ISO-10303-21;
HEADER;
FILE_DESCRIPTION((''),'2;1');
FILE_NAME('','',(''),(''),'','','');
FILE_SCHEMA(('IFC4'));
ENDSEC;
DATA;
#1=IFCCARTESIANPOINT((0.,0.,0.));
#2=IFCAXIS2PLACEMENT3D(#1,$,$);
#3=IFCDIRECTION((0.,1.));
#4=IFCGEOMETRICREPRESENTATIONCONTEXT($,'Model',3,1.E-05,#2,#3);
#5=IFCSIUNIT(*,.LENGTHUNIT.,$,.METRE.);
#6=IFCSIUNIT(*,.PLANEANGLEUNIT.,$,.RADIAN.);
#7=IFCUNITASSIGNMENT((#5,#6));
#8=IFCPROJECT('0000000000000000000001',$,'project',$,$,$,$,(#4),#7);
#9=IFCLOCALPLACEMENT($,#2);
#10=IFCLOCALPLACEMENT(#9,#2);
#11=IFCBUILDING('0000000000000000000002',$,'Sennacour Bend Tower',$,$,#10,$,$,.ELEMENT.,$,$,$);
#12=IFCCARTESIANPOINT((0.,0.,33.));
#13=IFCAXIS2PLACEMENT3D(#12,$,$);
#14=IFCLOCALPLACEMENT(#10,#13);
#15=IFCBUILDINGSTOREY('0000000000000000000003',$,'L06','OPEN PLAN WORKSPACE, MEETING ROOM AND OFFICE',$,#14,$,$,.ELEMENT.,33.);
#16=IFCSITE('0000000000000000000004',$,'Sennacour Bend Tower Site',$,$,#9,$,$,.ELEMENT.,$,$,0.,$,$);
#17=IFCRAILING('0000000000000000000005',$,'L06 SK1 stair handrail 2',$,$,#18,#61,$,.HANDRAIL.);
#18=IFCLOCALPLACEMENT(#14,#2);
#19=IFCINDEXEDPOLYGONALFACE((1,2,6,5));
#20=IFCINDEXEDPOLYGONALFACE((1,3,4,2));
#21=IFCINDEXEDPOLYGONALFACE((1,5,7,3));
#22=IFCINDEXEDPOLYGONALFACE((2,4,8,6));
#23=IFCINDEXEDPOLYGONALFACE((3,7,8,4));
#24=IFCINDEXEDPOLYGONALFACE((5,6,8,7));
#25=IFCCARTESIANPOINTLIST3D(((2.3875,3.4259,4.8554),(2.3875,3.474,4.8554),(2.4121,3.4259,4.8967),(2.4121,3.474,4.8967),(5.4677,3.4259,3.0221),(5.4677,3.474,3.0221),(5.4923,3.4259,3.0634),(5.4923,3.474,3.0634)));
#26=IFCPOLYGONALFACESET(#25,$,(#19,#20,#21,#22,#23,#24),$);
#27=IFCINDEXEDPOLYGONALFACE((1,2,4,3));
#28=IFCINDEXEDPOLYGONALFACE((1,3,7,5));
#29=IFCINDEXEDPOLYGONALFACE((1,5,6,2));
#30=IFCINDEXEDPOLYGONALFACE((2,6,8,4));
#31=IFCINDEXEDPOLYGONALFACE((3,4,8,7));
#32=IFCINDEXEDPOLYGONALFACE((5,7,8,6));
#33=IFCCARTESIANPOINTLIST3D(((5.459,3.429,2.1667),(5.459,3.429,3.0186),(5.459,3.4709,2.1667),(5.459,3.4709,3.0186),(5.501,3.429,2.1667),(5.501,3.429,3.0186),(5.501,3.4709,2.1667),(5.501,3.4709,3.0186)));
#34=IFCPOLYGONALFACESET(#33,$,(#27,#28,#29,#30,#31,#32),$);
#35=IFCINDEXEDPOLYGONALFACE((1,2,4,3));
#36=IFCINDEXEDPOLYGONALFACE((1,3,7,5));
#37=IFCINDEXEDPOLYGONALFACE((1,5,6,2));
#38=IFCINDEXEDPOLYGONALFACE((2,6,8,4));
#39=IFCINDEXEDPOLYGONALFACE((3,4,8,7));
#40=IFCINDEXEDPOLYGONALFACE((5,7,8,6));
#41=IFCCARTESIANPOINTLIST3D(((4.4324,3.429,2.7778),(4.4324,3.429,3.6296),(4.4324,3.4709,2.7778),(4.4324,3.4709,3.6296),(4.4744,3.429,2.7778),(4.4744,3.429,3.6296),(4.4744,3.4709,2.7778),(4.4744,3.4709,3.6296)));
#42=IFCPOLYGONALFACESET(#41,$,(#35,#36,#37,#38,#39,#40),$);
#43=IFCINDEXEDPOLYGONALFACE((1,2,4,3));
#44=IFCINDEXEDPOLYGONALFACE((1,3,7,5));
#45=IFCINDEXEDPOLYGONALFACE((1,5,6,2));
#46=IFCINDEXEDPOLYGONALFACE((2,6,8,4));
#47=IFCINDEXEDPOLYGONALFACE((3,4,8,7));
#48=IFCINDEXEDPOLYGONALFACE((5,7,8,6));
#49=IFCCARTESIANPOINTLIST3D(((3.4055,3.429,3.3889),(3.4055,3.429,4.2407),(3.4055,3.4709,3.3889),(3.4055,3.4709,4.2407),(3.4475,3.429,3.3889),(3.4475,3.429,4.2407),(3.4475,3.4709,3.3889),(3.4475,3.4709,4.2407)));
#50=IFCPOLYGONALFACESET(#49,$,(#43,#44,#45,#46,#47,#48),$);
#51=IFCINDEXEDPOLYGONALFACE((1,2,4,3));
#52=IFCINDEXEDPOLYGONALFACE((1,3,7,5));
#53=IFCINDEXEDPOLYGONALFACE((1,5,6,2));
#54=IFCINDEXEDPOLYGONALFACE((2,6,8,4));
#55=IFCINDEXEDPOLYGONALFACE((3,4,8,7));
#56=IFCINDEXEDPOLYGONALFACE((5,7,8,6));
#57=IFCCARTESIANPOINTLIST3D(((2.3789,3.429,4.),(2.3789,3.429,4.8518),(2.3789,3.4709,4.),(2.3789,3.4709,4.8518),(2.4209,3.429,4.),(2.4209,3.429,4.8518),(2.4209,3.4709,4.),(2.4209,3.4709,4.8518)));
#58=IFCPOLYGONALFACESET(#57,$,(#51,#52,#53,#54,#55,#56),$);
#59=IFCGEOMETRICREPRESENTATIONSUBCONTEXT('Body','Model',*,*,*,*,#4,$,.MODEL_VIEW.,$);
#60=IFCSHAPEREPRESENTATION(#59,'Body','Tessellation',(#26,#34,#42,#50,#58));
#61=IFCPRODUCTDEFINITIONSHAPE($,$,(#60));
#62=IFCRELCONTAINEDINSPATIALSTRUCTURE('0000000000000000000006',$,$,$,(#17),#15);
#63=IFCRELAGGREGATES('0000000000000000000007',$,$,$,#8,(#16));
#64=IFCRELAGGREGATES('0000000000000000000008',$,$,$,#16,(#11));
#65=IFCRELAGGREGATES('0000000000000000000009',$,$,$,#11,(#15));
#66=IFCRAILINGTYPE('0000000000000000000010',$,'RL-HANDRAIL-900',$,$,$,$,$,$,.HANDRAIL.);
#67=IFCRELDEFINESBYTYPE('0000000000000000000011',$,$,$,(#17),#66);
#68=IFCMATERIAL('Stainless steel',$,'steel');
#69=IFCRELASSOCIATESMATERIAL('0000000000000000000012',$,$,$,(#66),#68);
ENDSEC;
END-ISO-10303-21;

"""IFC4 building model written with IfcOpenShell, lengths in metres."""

from ifc_helpers import new_model, si_unit, direction, frame, origin, origin_2d, place, context, subcontext, project, spatial, rectangle, extrude, material, type_object, element, save


model = new_model("IFC4")

# Units and contexts
model_context = context("Model", 3, precision=1e-05, world=origin(), true_north=direction((0.0, 1.0)))
body_context = subcontext(model_context, "Body", "Model", "MODEL_VIEW")
ifc_project = project(units=[si_unit("LENGTHUNIT", "METRE"), si_unit("PLANEANGLEUNIT", "RADIAN")], contexts=[model_context])

# Site, building, storey
site_placement = place(None, origin())
site = spatial("IfcSite", under=ifc_project, at=site_placement, Name="Sennacour Bend Tower Site", CompositionType="ELEMENT", RefElevation=0.0)
building_placement = place(site_placement, origin())
building = spatial("IfcBuilding", under=site, at=building_placement, Name="Sennacour Bend Tower", CompositionType="ELEMENT")
storey_placement = place(building_placement, frame((0.0, 0.0, 33.0)))
storey = spatial("IfcBuildingStorey", under=building, at=storey_placement, Name="L06", Description="OPEN PLAN WORKSPACE, MEETING ROOM AND OFFICE", CompositionType="ELEMENT", Elevation=33.0)

# Railing
ifc_material_1 = material(Name="Stainless steel", Category="steel")
railing_type_1 = type_object("IfcRailingType", Name="RL-HANDRAIL-900", PredefinedType="HANDRAIL", material=ifc_material_1)
railing_1_placement = place(storey_placement, frame((5.48, 3.45, 2.1667)))
element("IfcRailing", 1, at=railing_1_placement, inside=storey, type_object=railing_type_1, Name="L06 SK1 stair handrail 2", PredefinedType="HANDRAIL", context=body_context, shape_type="SweptSolid", body=[
    extrude(rectangle(XDim=0.0481, YDim=0.0481, at=origin_2d()), frame((0.0, 0.0, 0.876), z_axis=(-0.859309, 0.0, 0.511458), x_axis=(0.0, -1.0, 0.0)), (0.0, 0.0, 1.0), 3.5845),
    extrude(rectangle(XDim=0.042, YDim=0.042, at=origin_2d()), origin(), (0.0, 0.0, 1.0), 0.8518),
    extrude(rectangle(XDim=0.042, YDim=0.042, at=origin_2d()), frame((-1.0266, 0.0, 0.6111)), (0.0, 0.0, 1.0), 0.8518),
    extrude(rectangle(XDim=0.042, YDim=0.042, at=origin_2d()), frame((-2.0535, 0.0, 1.2222)), (0.0, 0.0, 1.0), 0.8518),
    extrude(rectangle(XDim=0.042, YDim=0.042, at=origin_2d()), frame((-3.0801, 0.0, 1.8333)), (0.0, 0.0, 1.0), 0.8518),
])

save(model, "model.ifc")
